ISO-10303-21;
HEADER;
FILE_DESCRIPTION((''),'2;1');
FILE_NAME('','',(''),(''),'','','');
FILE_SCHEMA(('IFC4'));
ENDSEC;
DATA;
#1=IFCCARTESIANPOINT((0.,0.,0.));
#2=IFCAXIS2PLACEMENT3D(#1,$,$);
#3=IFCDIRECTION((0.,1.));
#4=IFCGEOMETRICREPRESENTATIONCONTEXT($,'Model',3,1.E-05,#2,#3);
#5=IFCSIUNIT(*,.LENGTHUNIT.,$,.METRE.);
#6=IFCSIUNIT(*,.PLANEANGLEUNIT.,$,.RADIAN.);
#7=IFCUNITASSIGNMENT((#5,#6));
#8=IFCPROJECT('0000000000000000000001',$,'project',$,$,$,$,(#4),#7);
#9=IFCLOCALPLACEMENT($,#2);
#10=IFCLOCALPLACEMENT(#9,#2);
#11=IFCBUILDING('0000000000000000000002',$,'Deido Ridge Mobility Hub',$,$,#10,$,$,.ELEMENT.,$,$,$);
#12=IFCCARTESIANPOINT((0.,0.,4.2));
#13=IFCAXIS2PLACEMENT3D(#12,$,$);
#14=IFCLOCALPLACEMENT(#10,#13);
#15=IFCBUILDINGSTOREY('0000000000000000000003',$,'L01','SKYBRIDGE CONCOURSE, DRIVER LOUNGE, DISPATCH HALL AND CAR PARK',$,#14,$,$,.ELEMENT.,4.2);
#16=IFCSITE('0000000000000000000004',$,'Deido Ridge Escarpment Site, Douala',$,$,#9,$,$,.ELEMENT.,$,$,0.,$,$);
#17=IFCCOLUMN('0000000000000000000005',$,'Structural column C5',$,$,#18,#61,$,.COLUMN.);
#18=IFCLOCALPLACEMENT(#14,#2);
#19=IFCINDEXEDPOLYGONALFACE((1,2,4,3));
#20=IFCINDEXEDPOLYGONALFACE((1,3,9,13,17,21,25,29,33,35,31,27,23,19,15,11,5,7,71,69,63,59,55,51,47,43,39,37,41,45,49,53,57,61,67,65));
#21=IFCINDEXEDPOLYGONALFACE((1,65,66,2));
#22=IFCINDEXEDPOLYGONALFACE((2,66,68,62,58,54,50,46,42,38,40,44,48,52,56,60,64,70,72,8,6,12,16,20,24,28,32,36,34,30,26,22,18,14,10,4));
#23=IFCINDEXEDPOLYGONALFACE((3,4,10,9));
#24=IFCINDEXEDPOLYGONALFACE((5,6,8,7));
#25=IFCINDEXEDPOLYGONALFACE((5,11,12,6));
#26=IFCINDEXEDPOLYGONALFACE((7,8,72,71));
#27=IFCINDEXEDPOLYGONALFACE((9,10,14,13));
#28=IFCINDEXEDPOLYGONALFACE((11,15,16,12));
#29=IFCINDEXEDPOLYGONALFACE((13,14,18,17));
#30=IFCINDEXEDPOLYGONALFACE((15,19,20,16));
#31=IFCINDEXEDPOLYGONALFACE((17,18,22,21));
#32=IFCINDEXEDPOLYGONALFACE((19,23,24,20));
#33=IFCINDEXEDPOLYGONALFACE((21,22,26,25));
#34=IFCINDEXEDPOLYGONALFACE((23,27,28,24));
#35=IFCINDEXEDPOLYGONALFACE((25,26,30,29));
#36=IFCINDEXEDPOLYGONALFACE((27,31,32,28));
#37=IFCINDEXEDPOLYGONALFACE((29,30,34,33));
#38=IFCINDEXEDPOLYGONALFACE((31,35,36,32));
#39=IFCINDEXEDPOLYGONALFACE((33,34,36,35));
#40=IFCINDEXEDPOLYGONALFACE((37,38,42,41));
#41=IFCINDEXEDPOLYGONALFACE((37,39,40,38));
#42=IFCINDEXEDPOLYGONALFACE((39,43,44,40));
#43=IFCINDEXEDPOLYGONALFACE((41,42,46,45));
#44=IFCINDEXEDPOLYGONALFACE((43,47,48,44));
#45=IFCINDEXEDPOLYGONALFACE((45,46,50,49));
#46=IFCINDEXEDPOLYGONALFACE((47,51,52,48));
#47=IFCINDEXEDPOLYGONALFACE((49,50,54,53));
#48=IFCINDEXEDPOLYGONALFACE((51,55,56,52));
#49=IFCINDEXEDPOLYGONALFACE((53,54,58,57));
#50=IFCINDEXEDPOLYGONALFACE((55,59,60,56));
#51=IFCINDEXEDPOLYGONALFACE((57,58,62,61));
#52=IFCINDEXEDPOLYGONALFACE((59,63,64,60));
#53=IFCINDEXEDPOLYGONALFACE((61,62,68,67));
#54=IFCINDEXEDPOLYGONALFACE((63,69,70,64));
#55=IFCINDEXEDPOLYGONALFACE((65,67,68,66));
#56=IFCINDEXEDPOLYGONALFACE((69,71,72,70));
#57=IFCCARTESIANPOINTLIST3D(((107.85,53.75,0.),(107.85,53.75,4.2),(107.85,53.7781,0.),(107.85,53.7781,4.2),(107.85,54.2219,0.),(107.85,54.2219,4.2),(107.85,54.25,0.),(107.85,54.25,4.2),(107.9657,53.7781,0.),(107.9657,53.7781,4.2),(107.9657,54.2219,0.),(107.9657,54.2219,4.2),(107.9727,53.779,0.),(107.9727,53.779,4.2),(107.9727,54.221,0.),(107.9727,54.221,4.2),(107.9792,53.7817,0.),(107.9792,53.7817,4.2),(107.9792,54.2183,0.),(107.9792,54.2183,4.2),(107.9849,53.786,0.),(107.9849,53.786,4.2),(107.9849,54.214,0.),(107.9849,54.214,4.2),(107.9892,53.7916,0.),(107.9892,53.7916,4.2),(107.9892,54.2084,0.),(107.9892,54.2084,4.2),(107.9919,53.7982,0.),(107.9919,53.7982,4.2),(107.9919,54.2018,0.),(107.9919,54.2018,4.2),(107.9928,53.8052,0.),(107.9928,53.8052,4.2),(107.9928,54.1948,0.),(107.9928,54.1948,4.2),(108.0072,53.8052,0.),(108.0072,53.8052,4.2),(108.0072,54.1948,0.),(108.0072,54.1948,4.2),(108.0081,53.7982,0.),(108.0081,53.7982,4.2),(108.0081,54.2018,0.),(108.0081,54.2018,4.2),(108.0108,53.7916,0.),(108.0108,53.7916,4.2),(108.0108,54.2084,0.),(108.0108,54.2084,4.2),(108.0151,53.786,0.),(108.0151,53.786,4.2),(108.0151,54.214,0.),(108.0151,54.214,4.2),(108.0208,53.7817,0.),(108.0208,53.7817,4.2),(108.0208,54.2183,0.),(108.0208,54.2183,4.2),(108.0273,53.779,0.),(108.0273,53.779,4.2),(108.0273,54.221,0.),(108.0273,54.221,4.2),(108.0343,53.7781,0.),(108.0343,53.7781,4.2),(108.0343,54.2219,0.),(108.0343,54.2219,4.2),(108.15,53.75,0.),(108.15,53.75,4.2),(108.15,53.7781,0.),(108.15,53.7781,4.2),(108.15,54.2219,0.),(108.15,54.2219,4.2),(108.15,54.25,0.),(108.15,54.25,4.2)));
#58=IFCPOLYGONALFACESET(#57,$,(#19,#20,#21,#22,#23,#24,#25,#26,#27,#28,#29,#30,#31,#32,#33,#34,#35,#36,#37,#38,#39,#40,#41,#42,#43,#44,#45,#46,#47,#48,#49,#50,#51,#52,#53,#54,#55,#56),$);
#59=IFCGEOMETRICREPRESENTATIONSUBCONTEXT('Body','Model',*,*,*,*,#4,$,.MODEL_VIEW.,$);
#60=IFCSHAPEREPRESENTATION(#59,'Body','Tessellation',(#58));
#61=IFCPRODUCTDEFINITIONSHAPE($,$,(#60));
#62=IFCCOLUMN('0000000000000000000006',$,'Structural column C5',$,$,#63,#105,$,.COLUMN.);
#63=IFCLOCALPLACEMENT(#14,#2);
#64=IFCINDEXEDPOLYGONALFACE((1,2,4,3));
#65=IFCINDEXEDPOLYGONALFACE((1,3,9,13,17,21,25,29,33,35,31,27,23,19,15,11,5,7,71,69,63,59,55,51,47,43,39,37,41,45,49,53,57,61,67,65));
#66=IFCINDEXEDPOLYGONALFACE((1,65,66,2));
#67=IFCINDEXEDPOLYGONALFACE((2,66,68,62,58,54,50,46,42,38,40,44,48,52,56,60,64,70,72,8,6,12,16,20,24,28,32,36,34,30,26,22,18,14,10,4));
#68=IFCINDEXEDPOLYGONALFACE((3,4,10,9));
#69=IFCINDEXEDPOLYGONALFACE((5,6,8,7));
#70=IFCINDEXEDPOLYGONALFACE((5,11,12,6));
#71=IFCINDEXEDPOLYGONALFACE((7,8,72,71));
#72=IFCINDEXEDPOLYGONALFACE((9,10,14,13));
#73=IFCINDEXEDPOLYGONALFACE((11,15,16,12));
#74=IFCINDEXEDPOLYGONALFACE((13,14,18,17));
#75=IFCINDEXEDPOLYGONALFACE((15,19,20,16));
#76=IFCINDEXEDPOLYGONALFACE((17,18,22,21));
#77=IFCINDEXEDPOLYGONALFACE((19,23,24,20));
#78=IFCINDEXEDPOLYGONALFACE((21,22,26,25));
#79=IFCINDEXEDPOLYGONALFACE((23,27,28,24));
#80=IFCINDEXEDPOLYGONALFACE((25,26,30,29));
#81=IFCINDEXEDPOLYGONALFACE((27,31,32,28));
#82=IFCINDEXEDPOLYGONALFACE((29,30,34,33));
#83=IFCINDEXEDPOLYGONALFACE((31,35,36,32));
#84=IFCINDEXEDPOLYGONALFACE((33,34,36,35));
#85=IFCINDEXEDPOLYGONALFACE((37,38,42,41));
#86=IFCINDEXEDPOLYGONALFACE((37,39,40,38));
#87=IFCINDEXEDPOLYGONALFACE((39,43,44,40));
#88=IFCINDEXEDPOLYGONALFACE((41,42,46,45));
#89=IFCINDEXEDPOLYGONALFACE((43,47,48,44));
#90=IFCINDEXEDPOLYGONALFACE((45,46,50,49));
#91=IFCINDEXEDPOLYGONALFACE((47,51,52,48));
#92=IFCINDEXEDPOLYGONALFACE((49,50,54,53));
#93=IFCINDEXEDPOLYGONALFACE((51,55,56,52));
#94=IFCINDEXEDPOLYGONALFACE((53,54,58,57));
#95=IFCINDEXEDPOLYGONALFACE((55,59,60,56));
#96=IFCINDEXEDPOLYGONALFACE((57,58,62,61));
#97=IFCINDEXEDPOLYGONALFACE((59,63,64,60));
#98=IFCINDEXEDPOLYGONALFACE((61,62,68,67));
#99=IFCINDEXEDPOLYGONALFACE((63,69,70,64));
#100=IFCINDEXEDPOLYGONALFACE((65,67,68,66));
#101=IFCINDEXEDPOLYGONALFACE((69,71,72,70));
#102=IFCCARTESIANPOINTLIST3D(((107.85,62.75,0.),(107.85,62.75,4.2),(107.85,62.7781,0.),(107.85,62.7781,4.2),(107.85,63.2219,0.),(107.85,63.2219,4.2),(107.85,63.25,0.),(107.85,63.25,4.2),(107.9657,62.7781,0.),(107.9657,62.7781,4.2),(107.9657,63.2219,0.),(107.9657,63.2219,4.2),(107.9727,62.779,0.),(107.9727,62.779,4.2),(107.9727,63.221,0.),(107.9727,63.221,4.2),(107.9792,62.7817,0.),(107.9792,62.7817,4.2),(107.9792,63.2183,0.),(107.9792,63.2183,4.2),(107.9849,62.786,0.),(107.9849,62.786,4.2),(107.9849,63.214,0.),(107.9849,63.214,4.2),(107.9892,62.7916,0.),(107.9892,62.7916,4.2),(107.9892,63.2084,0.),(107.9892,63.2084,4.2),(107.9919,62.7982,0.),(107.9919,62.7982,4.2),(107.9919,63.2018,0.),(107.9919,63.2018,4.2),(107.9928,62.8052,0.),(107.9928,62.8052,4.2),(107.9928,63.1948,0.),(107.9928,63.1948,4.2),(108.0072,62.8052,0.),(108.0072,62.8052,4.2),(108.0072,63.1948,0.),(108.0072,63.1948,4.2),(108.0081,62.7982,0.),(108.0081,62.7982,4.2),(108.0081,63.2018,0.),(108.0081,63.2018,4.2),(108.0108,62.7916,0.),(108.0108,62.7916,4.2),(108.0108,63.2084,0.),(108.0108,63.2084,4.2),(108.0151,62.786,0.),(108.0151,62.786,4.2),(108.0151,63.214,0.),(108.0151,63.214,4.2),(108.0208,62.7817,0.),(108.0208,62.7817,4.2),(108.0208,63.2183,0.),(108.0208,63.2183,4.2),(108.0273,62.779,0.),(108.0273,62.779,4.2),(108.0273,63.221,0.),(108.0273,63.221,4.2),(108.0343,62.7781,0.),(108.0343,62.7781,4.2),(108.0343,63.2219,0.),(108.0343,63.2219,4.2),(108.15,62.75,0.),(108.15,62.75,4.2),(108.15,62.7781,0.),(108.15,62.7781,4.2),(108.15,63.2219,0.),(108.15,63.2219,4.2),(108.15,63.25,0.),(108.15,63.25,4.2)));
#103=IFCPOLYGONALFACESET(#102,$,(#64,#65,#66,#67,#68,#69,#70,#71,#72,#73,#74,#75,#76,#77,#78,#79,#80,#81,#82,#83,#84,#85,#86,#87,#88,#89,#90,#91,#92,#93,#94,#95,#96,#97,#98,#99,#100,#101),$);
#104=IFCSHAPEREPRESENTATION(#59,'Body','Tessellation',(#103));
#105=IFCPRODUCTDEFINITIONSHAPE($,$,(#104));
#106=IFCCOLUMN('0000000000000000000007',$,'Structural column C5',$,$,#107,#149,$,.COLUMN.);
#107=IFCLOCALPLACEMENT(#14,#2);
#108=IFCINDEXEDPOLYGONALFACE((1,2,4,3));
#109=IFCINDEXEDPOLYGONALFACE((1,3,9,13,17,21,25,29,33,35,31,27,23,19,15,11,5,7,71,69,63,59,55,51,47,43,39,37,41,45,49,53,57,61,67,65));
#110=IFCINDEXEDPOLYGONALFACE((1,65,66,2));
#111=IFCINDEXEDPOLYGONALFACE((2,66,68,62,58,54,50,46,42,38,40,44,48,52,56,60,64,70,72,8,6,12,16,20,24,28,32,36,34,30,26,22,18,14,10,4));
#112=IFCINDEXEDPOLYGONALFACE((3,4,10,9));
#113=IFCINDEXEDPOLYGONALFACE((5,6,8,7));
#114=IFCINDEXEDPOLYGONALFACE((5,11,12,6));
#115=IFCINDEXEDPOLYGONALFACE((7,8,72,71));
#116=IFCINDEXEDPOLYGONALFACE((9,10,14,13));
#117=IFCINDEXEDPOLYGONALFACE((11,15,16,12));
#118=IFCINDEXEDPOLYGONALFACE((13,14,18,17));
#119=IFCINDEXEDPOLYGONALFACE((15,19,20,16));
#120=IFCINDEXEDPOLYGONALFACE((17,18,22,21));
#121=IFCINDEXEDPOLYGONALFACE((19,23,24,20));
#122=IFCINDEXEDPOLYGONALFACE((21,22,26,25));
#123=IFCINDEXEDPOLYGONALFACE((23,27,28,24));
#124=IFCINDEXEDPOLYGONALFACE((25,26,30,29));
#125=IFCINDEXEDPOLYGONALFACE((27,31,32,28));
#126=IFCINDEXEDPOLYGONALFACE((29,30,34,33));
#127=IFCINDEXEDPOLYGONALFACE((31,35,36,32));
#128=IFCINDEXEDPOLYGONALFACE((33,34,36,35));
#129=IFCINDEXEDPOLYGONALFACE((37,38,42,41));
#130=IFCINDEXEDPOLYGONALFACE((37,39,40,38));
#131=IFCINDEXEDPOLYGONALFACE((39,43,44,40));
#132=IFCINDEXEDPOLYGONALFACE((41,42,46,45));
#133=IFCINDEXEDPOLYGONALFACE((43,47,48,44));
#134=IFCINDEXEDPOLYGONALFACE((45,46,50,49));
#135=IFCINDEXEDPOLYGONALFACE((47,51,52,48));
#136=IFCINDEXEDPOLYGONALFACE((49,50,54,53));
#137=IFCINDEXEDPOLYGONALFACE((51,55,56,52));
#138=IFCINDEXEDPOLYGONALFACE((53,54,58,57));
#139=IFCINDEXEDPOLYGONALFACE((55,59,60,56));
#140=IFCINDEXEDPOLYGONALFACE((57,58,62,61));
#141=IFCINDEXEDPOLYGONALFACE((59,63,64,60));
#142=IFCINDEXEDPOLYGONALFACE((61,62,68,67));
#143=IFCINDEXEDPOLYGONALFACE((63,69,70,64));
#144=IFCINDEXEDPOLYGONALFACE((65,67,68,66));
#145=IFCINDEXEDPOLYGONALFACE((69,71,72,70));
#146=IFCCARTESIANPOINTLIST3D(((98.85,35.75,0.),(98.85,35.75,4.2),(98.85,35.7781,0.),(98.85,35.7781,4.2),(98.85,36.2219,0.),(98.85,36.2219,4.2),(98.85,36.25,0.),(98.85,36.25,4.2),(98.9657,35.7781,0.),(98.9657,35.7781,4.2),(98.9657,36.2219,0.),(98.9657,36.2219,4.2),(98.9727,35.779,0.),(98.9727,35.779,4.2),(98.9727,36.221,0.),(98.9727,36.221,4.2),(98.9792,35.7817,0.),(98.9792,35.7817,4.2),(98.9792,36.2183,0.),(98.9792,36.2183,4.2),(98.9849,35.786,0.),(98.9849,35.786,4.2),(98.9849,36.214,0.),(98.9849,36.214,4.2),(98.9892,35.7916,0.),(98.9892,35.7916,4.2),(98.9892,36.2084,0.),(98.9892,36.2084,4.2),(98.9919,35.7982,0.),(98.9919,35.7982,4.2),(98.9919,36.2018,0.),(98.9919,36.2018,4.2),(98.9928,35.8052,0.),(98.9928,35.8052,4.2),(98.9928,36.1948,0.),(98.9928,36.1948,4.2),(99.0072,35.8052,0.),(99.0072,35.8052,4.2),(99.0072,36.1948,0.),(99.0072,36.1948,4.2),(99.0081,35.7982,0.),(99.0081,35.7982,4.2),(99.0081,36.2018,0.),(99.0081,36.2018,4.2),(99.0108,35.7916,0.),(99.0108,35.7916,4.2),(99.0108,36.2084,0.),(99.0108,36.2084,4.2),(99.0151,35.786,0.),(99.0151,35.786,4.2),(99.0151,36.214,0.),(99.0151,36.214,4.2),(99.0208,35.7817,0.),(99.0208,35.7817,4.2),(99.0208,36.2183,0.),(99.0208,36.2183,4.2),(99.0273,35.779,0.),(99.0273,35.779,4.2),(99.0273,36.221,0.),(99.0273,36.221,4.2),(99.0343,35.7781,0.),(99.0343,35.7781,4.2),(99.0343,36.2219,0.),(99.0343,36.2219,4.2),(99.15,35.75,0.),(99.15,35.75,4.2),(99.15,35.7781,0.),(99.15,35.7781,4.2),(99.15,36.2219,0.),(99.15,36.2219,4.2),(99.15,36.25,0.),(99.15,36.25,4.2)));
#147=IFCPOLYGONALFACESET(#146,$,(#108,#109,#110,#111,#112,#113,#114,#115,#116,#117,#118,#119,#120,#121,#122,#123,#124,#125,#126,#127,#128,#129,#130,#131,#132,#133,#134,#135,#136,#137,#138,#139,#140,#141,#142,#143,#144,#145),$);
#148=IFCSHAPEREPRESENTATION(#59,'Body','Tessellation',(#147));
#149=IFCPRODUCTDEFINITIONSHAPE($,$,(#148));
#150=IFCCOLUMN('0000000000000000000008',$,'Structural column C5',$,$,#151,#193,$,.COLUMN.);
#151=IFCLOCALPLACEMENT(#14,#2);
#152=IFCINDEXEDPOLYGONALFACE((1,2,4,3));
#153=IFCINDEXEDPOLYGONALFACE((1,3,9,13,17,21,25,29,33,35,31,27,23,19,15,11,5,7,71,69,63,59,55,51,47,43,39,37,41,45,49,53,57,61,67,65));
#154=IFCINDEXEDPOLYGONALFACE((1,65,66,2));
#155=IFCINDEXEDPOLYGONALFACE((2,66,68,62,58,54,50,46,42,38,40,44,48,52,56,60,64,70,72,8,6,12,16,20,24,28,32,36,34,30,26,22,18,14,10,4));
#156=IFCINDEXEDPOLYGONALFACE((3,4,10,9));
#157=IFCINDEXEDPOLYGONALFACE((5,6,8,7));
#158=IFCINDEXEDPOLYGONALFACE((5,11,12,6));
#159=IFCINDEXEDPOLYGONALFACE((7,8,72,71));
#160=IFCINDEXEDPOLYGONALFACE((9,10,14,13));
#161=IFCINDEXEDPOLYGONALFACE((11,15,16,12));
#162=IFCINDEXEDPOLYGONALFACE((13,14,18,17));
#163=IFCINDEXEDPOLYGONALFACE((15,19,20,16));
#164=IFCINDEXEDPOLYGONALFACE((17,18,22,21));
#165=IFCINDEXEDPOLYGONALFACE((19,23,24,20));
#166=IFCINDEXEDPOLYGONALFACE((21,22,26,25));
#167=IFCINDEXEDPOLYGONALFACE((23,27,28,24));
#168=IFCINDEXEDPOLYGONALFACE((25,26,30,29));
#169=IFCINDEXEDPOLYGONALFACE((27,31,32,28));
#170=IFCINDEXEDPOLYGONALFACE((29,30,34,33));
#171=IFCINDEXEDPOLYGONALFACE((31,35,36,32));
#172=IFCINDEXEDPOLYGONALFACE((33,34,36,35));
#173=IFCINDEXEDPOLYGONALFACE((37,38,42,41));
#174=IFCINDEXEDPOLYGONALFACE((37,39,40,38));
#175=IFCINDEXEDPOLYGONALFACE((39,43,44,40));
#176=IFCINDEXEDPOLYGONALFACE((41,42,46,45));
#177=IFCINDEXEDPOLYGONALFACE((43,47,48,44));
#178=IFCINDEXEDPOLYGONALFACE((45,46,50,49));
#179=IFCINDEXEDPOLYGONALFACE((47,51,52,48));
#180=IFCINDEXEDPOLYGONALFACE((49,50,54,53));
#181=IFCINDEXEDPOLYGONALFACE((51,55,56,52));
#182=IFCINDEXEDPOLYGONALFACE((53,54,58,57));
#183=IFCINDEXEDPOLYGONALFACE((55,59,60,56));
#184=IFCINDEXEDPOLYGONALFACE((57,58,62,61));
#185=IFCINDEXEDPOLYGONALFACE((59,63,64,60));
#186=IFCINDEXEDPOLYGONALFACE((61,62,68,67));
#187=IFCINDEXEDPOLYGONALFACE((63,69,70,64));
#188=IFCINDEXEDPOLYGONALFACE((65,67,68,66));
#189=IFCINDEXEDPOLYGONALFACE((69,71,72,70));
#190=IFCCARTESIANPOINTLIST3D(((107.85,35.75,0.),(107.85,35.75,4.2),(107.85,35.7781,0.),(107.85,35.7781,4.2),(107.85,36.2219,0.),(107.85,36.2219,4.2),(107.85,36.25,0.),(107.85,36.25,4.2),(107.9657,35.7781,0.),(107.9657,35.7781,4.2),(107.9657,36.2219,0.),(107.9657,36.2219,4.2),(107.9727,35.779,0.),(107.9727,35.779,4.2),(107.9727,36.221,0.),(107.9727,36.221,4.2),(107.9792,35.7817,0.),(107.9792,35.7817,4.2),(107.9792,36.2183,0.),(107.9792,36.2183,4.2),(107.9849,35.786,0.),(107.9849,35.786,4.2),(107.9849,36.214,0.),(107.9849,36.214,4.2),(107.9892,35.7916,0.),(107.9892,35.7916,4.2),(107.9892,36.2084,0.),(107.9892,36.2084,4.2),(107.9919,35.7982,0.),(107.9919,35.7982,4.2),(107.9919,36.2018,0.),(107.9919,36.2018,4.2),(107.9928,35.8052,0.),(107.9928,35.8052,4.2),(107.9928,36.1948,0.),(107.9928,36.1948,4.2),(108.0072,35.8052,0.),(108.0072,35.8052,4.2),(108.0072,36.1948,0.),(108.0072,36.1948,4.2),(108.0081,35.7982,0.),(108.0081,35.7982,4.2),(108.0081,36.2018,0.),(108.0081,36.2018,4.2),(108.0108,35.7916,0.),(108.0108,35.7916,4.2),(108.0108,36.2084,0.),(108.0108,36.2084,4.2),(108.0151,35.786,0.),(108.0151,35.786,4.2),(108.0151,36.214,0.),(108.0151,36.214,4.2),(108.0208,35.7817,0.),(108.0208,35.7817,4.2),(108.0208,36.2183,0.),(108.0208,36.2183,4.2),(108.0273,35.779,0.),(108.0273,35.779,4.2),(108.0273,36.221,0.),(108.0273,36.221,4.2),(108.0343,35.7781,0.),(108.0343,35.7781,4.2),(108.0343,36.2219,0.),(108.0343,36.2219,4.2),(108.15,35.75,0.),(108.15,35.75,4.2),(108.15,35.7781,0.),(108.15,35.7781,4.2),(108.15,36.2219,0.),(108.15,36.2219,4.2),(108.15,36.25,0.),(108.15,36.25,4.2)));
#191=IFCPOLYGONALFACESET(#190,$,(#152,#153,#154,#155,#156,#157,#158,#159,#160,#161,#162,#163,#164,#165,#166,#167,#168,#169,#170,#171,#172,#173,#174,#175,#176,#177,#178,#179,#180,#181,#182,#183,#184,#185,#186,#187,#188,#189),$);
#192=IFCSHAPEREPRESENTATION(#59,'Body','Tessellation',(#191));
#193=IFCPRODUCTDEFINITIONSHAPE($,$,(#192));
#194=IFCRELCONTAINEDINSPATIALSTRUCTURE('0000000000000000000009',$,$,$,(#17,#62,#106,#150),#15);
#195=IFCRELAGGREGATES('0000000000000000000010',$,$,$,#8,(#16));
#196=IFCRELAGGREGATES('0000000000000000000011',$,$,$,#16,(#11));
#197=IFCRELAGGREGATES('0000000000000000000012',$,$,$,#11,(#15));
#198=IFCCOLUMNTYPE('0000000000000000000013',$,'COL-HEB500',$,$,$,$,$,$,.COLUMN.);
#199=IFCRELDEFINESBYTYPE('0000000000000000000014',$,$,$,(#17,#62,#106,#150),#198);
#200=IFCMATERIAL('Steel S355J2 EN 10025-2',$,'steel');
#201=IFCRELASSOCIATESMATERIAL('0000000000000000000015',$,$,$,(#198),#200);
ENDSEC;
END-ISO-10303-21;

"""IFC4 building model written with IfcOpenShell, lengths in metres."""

from ifc_helpers import new_model, si_unit, direction, frame, origin, origin_2d, place, context, subcontext, project, spatial, i_section, extrude, material, material_profile, profile_set, type_object, element, save


model = new_model("IFC4")

# Units and contexts
model_context = context("Model", 3, precision=1e-05, world=origin(), true_north=direction((0.0, 1.0)))
body_context = subcontext(model_context, "Body", "Model", "MODEL_VIEW")
ifc_project = project(units=[si_unit("LENGTHUNIT", "METRE"), si_unit("PLANEANGLEUNIT", "RADIAN")], contexts=[model_context])

# Site, building, storey
site_placement = place(None, origin())
site = spatial("IfcSite", under=ifc_project, at=site_placement, Name="Deido Ridge Escarpment Site, Douala", CompositionType="ELEMENT", RefElevation=0.0)
building_placement = place(site_placement, origin())
building = spatial("IfcBuilding", under=site, at=building_placement, Name="Deido Ridge Mobility Hub", CompositionType="ELEMENT")
storey_placement = place(building_placement, frame((0.0, 0.0, 4.2)))
storey = spatial("IfcBuildingStorey", under=building, at=storey_placement, Name="L01", Description="SKYBRIDGE CONCOURSE, DRIVER LOUNGE, DISPATCH HALL AND CAR PARK", CompositionType="ELEMENT", Elevation=4.2)

# Columns
ifc_material_1 = material(Name="Steel S355J2 EN 10025-2", Category="steel")
ifc_material_profile_1 = material_profile(ifc_material_1, i_section(OverallWidth=0.3, OverallDepth=0.5, WebThickness=0.0144, FlangeThickness=0.0281, FilletRadius=0.0271, at=origin_2d()), Name="HEB 500")
ifc_profile_set_1 = profile_set([ifc_material_profile_1], Name="Steel S355J2 EN 10025-2")
column_type_1 = type_object("IfcColumnType", Name="COL-HEB500", PredefinedType="COLUMN", material=ifc_profile_set_1)
for number, where, z_axis, x_axis, name in (
    (1, (108.0, 54.0, 0.0), (0.0, 0.0, 1.0), (1.0, 0.0, 0.0), "Structural column C5"),
    (2, (108.0, 63.0, 0.0), (0.0, 0.0, 1.0), (1.0, 0.0, 0.0), "Structural column C5"),
    (3, (99.0, 36.0, 0.0), (0.0, 0.0, 1.0), (1.0, 0.0, 0.0), "Structural column C5"),
    (4, (108.0, 36.0, 0.0), (0.0, 0.0, 1.0), (1.0, 0.0, 0.0), "Structural column C5"),
):
    element("IfcColumn", number, at=place(storey_placement, frame(where, z_axis=z_axis, x_axis=x_axis)), inside=storey, type_object=column_type_1, Name=name, PredefinedType="COLUMN", context=body_context, shape_type="SweptSolid", body=[
        extrude(i_section(OverallWidth=0.3, OverallDepth=0.5, WebThickness=0.0144, FlangeThickness=0.0281, FilletRadius=0.0271, at=origin_2d()), origin(), (0.0, 0.0, 1.0), 4.2),
    ])

save(model, "model.ifc")
